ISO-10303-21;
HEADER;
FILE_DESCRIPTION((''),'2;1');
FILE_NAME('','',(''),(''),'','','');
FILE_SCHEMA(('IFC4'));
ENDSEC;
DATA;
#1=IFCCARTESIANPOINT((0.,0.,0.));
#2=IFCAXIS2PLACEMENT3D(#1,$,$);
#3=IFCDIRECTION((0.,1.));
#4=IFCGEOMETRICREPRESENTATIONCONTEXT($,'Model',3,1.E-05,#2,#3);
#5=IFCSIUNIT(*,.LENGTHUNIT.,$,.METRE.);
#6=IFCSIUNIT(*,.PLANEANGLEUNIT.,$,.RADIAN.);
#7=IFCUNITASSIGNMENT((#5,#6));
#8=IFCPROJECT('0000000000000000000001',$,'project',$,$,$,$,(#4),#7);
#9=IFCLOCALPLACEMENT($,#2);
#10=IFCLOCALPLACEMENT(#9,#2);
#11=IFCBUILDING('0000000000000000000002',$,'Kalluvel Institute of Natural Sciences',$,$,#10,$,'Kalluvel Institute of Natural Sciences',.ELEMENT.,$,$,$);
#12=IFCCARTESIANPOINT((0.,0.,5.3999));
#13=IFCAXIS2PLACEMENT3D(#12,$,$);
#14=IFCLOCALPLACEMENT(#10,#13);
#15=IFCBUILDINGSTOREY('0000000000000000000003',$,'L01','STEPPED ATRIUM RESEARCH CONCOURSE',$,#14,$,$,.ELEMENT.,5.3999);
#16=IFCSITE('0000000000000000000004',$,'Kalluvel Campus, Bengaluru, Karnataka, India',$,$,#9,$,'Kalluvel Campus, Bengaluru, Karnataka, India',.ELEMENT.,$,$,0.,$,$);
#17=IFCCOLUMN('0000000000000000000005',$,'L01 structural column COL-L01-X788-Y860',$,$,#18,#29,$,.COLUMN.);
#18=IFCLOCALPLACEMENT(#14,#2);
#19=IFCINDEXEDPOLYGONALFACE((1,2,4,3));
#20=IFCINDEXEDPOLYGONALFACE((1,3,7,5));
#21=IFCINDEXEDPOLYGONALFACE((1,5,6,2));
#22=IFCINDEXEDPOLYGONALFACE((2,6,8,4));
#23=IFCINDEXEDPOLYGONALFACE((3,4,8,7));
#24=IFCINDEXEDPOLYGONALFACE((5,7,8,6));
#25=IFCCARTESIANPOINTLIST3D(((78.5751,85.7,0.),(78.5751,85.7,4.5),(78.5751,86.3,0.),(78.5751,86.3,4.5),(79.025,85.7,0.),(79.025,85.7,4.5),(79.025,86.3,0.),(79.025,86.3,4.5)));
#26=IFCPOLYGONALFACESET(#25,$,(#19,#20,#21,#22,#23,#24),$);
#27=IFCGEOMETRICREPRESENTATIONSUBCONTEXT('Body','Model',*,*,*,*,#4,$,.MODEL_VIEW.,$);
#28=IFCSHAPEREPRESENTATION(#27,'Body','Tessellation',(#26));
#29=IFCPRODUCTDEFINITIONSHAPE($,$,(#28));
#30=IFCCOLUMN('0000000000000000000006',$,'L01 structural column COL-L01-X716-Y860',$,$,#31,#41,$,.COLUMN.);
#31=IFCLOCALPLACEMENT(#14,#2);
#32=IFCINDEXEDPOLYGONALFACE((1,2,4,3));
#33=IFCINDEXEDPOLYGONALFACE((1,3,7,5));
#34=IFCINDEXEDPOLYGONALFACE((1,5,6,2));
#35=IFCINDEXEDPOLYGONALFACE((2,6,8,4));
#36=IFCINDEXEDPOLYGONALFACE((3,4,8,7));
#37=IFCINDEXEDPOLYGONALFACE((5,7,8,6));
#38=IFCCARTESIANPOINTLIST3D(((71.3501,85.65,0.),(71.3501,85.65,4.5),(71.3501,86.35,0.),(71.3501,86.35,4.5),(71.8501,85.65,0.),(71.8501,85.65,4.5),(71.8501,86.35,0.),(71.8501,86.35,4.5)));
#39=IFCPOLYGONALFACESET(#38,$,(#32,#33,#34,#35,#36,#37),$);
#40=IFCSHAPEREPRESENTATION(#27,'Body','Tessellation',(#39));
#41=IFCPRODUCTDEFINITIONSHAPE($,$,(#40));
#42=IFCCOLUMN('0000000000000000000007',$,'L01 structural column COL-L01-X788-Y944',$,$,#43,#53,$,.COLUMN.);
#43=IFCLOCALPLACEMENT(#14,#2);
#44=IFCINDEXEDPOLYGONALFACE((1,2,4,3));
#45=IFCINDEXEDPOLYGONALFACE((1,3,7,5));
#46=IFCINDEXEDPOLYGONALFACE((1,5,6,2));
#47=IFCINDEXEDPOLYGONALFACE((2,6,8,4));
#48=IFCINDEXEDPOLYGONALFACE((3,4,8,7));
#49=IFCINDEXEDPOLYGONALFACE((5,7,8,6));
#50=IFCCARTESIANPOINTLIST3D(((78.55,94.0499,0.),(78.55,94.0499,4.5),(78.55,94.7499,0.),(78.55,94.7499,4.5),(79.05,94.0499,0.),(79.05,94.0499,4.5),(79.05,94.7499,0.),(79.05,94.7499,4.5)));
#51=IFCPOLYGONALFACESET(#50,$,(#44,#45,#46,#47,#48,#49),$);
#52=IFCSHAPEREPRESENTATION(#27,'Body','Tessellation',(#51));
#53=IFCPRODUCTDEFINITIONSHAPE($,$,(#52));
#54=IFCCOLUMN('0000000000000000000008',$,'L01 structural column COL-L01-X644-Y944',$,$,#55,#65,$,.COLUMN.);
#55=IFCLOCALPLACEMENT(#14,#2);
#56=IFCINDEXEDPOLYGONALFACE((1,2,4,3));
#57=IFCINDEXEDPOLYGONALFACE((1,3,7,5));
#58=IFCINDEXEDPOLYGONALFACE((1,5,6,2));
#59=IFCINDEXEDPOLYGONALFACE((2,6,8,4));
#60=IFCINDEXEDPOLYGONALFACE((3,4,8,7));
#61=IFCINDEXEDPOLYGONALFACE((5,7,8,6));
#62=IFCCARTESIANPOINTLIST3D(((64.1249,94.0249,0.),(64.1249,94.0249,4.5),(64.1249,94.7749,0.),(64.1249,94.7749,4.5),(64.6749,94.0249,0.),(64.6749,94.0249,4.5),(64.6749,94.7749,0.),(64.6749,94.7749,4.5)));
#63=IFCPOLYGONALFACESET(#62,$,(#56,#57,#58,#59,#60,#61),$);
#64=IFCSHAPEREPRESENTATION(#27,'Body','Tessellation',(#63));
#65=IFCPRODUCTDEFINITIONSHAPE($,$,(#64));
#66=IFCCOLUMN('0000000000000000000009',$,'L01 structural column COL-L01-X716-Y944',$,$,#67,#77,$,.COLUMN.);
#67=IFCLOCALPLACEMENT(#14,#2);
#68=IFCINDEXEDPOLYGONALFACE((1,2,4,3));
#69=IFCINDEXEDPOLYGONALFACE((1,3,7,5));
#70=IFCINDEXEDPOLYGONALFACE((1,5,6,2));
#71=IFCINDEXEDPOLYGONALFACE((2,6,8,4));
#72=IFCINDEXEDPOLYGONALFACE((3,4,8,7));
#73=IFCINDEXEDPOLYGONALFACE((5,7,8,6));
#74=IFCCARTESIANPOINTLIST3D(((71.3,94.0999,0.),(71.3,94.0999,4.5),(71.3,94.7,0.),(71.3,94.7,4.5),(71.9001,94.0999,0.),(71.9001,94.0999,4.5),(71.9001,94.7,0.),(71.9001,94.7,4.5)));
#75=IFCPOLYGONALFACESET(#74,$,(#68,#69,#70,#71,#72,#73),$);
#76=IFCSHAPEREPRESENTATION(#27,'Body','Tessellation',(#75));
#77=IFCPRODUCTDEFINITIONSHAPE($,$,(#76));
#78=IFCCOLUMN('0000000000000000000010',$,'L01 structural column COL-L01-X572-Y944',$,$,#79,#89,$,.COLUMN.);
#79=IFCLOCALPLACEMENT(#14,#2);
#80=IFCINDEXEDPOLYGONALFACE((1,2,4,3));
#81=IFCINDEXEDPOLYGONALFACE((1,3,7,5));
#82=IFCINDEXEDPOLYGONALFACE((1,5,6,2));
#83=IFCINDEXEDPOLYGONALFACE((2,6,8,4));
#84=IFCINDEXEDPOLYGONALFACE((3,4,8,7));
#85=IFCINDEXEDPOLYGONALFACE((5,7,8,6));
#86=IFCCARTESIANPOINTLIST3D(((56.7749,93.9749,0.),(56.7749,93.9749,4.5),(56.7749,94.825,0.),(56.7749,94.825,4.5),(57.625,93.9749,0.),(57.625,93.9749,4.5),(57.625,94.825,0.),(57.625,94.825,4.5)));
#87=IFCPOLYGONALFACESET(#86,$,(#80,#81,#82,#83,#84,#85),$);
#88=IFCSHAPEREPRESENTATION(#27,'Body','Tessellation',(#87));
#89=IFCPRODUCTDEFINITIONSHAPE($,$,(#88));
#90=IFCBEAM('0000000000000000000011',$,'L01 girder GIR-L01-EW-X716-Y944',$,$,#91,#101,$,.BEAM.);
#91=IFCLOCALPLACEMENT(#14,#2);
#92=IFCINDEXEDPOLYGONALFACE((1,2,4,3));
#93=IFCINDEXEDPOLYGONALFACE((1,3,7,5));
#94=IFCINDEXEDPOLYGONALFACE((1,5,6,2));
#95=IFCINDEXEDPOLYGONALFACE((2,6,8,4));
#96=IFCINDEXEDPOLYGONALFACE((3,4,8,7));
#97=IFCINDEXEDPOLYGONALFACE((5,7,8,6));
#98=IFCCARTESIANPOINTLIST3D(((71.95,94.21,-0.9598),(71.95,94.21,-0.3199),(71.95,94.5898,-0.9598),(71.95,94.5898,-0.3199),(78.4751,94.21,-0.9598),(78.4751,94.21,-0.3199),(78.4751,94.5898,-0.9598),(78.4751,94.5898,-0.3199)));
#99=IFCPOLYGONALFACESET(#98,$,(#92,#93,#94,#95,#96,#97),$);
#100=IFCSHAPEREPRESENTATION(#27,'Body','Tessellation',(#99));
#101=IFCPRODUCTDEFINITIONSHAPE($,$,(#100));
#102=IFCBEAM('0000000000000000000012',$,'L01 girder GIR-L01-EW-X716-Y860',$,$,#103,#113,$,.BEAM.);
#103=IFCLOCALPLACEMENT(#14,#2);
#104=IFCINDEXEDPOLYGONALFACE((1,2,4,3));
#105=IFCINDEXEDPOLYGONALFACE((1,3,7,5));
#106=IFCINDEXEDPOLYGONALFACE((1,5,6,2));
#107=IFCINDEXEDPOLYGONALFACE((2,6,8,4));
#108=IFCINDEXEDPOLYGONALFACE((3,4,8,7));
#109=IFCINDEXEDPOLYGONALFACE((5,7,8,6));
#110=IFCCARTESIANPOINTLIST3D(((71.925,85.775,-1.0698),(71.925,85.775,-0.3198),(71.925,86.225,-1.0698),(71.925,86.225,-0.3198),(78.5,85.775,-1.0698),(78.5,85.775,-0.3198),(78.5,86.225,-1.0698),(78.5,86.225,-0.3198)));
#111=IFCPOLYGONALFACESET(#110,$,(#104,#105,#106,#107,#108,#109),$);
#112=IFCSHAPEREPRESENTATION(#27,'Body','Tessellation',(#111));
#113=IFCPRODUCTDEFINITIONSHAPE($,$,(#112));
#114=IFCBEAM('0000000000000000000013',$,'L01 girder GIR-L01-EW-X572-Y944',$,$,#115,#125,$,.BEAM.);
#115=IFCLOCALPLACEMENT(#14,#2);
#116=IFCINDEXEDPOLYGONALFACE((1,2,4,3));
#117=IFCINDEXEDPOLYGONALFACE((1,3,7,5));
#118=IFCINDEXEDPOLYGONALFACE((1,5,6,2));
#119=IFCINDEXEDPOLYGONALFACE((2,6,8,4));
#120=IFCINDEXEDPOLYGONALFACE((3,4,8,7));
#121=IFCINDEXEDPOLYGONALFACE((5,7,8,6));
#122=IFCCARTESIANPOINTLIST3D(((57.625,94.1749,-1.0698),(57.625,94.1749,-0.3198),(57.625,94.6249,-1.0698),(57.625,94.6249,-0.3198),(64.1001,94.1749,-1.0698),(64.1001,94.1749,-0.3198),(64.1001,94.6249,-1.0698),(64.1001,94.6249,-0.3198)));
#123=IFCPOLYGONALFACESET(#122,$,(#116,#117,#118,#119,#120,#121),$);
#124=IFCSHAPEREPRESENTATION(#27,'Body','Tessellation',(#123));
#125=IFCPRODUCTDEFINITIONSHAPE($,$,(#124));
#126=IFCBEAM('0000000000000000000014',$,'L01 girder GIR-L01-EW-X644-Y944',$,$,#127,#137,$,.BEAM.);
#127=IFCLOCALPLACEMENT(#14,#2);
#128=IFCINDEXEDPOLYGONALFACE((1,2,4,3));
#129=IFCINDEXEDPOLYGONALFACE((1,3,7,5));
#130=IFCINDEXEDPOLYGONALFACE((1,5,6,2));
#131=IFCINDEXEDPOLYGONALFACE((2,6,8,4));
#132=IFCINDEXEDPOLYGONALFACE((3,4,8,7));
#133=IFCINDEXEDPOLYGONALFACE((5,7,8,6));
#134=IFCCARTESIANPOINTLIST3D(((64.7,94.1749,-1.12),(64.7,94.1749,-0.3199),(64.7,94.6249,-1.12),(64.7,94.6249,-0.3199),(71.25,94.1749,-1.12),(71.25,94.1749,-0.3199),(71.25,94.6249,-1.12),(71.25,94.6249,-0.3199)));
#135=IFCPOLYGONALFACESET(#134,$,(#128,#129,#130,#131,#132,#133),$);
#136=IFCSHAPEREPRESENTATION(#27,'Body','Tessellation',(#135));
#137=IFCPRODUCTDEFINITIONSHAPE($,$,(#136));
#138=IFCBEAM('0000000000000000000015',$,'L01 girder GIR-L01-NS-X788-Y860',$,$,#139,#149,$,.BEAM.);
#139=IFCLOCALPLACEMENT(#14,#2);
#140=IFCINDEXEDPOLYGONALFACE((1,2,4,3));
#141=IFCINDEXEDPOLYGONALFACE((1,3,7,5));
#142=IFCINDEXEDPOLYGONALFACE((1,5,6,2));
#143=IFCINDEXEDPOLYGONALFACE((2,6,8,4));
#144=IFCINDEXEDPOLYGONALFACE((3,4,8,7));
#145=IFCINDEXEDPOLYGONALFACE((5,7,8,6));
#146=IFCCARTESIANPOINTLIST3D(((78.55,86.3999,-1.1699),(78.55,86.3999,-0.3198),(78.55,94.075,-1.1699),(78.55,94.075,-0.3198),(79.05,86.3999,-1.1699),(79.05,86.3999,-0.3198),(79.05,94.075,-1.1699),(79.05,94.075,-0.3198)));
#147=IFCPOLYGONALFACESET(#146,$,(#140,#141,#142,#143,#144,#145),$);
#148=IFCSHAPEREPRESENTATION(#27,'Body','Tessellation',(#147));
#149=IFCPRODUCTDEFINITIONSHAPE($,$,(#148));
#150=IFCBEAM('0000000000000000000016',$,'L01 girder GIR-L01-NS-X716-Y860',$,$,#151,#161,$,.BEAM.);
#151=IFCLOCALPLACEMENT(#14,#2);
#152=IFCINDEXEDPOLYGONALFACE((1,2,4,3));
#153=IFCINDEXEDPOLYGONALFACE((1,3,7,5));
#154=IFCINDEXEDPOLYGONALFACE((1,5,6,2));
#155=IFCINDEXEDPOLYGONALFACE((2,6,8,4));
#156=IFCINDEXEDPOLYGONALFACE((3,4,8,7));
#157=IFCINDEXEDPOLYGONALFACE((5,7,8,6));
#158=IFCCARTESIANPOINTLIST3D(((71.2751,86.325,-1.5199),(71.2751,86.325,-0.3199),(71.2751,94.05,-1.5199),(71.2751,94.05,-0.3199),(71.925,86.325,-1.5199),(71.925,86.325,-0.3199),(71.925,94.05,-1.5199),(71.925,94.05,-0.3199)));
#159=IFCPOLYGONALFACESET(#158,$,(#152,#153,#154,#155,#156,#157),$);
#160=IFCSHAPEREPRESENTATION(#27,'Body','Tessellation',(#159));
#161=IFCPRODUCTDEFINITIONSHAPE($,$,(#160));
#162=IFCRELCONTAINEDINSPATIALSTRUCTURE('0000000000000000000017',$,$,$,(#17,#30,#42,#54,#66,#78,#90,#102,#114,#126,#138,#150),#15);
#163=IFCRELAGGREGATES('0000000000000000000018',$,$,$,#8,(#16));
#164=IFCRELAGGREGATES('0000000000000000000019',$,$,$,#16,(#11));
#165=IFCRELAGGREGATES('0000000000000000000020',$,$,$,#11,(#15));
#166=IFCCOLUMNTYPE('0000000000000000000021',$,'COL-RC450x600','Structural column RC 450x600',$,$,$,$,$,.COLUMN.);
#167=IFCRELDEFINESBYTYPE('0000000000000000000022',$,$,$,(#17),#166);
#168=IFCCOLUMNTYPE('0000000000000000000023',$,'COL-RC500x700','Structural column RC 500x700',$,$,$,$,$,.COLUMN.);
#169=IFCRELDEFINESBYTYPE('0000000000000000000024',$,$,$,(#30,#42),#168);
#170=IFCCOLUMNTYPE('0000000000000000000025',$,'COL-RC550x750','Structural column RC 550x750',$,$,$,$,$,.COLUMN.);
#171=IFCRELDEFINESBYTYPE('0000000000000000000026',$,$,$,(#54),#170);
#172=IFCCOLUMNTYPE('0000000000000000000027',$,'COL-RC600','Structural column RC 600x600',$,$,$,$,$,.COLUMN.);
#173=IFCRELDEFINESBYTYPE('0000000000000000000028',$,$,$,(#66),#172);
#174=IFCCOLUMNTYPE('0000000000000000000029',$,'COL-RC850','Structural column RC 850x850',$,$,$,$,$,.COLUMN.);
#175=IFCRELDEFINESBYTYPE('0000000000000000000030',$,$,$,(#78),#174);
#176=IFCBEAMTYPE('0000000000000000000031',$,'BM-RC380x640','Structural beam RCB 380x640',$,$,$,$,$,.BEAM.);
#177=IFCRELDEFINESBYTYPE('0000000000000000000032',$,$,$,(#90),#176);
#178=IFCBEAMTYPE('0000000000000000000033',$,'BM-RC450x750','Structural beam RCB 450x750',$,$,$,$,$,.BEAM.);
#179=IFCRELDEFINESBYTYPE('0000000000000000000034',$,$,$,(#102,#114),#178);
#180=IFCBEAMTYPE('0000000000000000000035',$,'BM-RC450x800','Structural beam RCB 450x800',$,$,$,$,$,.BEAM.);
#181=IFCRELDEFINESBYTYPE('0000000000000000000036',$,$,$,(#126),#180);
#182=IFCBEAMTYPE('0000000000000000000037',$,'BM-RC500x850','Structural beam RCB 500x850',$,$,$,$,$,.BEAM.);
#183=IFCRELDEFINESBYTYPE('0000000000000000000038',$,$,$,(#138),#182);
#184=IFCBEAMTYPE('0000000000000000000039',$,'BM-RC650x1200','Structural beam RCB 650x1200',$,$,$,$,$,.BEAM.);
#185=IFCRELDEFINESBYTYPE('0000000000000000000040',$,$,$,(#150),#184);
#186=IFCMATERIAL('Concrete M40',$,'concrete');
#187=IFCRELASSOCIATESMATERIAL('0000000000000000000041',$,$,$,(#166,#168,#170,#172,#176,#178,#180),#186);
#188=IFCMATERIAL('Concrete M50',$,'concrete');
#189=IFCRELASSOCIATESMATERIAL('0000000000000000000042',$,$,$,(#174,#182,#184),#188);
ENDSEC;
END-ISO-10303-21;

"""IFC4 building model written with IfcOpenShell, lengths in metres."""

from ifc_helpers import new_model, si_unit, direction, frame, origin, origin_2d, place, context, subcontext, project, spatial, rectangle, extrude, material, material_profile, profile_set, type_object, element, save


model = new_model("IFC4")

# Units and contexts
model_context = context("Model", 3, precision=1e-05, world=origin(), true_north=direction((0.0, 1.0)))
body_context = subcontext(model_context, "Body", "Model", "MODEL_VIEW")
ifc_project = project(units=[si_unit("LENGTHUNIT", "METRE"), si_unit("PLANEANGLEUNIT", "RADIAN")], contexts=[model_context])

# Site, building, storey
site_placement = place(None, origin())
site = spatial("IfcSite", under=ifc_project, at=site_placement, Name="Kalluvel Campus, Bengaluru, Karnataka, India", LongName="Kalluvel Campus, Bengaluru, Karnataka, India", CompositionType="ELEMENT", RefElevation=0.0)
building_placement = place(site_placement, origin())
building = spatial("IfcBuilding", under=site, at=building_placement, Name="Kalluvel Institute of Natural Sciences", LongName="Kalluvel Institute of Natural Sciences", CompositionType="ELEMENT")
storey_placement = place(building_placement, frame((0.0, 0.0, 5.3999)))
storey = spatial("IfcBuildingStorey", under=building, at=storey_placement, Name="L01", Description="STEPPED ATRIUM RESEARCH CONCOURSE", CompositionType="ELEMENT", Elevation=5.3999)

# Columns
ifc_material_1 = material(Name="Concrete M40", Category="concrete")
ifc_material_profile_1 = material_profile(ifc_material_1, rectangle(XDim=0.45, YDim=0.6001, at=origin_2d()), Name="RC 450x600")
ifc_profile_set_1 = profile_set([ifc_material_profile_1], Name="Concrete M40")
column_type_1 = type_object("IfcColumnType", Name="COL-RC450x600", Description="Structural column RC 450x600", PredefinedType="COLUMN", material=ifc_profile_set_1)
column_1_placement = place(storey_placement, frame((78.8, 86.0, 0.0), z_axis=(0.0, 0.0, 1.0), x_axis=(1.0, 0.0, 0.0)))
element("IfcColumn", 1, at=column_1_placement, inside=storey, type_object=column_type_1, Name="L01 structural column COL-L01-X788-Y860", PredefinedType="COLUMN", context=body_context, shape_type="SweptSolid", body=[
    extrude(rectangle(XDim=0.45, YDim=0.6001, at=origin_2d()), origin(), (0.0, 0.0, 1.0), 4.5),
])
ifc_material_profile_2 = material_profile(ifc_material_1, rectangle(XDim=0.5, YDim=0.7, at=origin_2d()), Name="RC 500x700")
ifc_profile_set_2 = profile_set([ifc_material_profile_2], Name="Concrete M40")
column_type_2 = type_object("IfcColumnType", Name="COL-RC500x700", Description="Structural column RC 500x700", PredefinedType="COLUMN", material=ifc_profile_set_2)
for number, where, z_axis, x_axis, name in (
    (2, (71.6001, 86.0, 0.0), (0.0, 0.0, 1.0), (1.0, 0.0, 0.0), "L01 structural column COL-L01-X716-Y860"),
    (3, (78.8, 94.3999, 0.0), (0.0, 0.0, 1.0), (1.0, 0.0, 0.0), "L01 structural column COL-L01-X788-Y944"),
):
    element("IfcColumn", number, at=place(storey_placement, frame(where, z_axis=z_axis, x_axis=x_axis)), inside=storey, type_object=column_type_2, Name=name, PredefinedType="COLUMN", context=body_context, shape_type="SweptSolid", body=[
        extrude(rectangle(XDim=0.5, YDim=0.7, at=origin_2d()), origin(), (0.0, 0.0, 1.0), 4.5),
    ])
ifc_material_profile_3 = material_profile(ifc_material_1, rectangle(XDim=0.55, YDim=0.75, at=origin_2d()), Name="RC 550x750")
ifc_profile_set_3 = profile_set([ifc_material_profile_3], Name="Concrete M40")
column_type_3 = type_object("IfcColumnType", Name="COL-RC550x750", Description="Structural column RC 550x750", PredefinedType="COLUMN", material=ifc_profile_set_3)
column_2_placement = place(storey_placement, frame((64.3999, 94.3999, 0.0), z_axis=(0.0, 0.0, 1.0), x_axis=(1.0, 0.0, 0.0)))
element("IfcColumn", 4, at=column_2_placement, inside=storey, type_object=column_type_3, Name="L01 structural column COL-L01-X644-Y944", PredefinedType="COLUMN", context=body_context, shape_type="SweptSolid", body=[
    extrude(rectangle(XDim=0.55, YDim=0.75, at=origin_2d()), origin(), (0.0, 0.0, 1.0), 4.5),
])
ifc_material_profile_4 = material_profile(ifc_material_1, rectangle(XDim=0.6001, YDim=0.6001, at=origin_2d()), Name="RC 600x600")
ifc_profile_set_4 = profile_set([ifc_material_profile_4], Name="Concrete M40")
column_type_4 = type_object("IfcColumnType", Name="COL-RC600", Description="Structural column RC 600x600", PredefinedType="COLUMN", material=ifc_profile_set_4)
column_3_placement = place(storey_placement, frame((71.6001, 94.3999, 0.0), z_axis=(0.0, 0.0, 1.0), x_axis=(1.0, 0.0, 0.0)))
element("IfcColumn", 5, at=column_3_placement, inside=storey, type_object=column_type_4, Name="L01 structural column COL-L01-X716-Y944", PredefinedType="COLUMN", context=body_context, shape_type="SweptSolid", body=[
    extrude(rectangle(XDim=0.6001, YDim=0.6001, at=origin_2d()), origin(), (0.0, 0.0, 1.0), 4.5),
])
ifc_material_2 = material(Name="Concrete M50", Category="concrete")
ifc_material_profile_5 = material_profile(ifc_material_2, rectangle(XDim=0.8501, YDim=0.8501, at=origin_2d()), Name="RC 850x850")
ifc_profile_set_5 = profile_set([ifc_material_profile_5], Name="Concrete M50")
column_type_5 = type_object("IfcColumnType", Name="COL-RC850", Description="Structural column RC 850x850", PredefinedType="COLUMN", material=ifc_profile_set_5)
column_4_placement = place(storey_placement, frame((57.2, 94.3999, 0.0), z_axis=(0.0, 0.0, 1.0), x_axis=(1.0, 0.0, 0.0)))
element("IfcColumn", 6, at=column_4_placement, inside=storey, type_object=column_type_5, Name="L01 structural column COL-L01-X572-Y944", PredefinedType="COLUMN", context=body_context, shape_type="SweptSolid", body=[
    extrude(rectangle(XDim=0.8501, YDim=0.8501, at=origin_2d()), origin(), (0.0, 0.0, 1.0), 4.5),
])

# Beams
ifc_material_profile_6 = material_profile(ifc_material_1, rectangle(XDim=0.3799, YDim=0.6399, at=origin_2d()), Name="RCB 380x640")
ifc_profile_set_6 = profile_set([ifc_material_profile_6], Name="Concrete M40")
beam_type_1 = type_object("IfcBeamType", Name="BM-RC380x640", Description="Structural beam RCB 380x640", PredefinedType="BEAM", material=ifc_profile_set_6)
beam_1_placement = place(storey_placement, frame((71.95, 94.3999, -0.6399), z_axis=(1.0, 0.0, 0.0), x_axis=(0.0, 1.0, 0.0)))
element("IfcBeam", 7, at=beam_1_placement, inside=storey, type_object=beam_type_1, Name="L01 girder GIR-L01-EW-X716-Y944", PredefinedType="BEAM", context=body_context, shape_type="SweptSolid", body=[
    extrude(rectangle(XDim=0.3799, YDim=0.6399, at=origin_2d()), origin(), (0.0, 0.0, 1.0), 6.5251),
])
ifc_material_profile_7 = material_profile(ifc_material_1, rectangle(XDim=0.45, YDim=0.75, at=origin_2d()), Name="RCB 450x750")
ifc_profile_set_7 = profile_set([ifc_material_profile_7], Name="Concrete M40")
beam_type_2 = type_object("IfcBeamType", Name="BM-RC450x750", Description="Structural beam RCB 450x750", PredefinedType="BEAM", material=ifc_profile_set_7)
beam_2_placement = place(storey_placement, frame((71.925, 86.0, -0.6948), z_axis=(1.0, 0.0, 0.0), x_axis=(0.0, 1.0, 0.0)))
element("IfcBeam", 8, at=beam_2_placement, inside=storey, type_object=beam_type_2, Name="L01 girder GIR-L01-EW-X716-Y860", PredefinedType="BEAM", context=body_context, shape_type="SweptSolid", body=[
    extrude(rectangle(XDim=0.45, YDim=0.75, at=origin_2d()), origin(), (0.0, 0.0, 1.0), 6.575),
])
beam_3_placement = place(storey_placement, frame((57.625, 94.3999, -0.6948), z_axis=(1.0, 0.0, 0.0), x_axis=(0.0, 1.0, 0.0)))
element("IfcBeam", 9, at=beam_3_placement, inside=storey, type_object=beam_type_2, Name="L01 girder GIR-L01-EW-X572-Y944", PredefinedType="BEAM", context=body_context, shape_type="SweptSolid", body=[
    extrude(rectangle(XDim=0.45, YDim=0.75, at=origin_2d()), origin(), (0.0, 0.0, 1.0), 6.4751),
])
ifc_material_profile_8 = material_profile(ifc_material_1, rectangle(XDim=0.45, YDim=0.8, at=origin_2d()), Name="RCB 450x800")
ifc_profile_set_8 = profile_set([ifc_material_profile_8], Name="Concrete M40")
beam_type_3 = type_object("IfcBeamType", Name="BM-RC450x800", Description="Structural beam RCB 450x800", PredefinedType="BEAM", material=ifc_profile_set_8)
beam_4_placement = place(storey_placement, frame((64.7, 94.3999, -0.72), z_axis=(1.0, 0.0, 0.0), x_axis=(0.0, 1.0, 0.0)))
element("IfcBeam", 10, at=beam_4_placement, inside=storey, type_object=beam_type_3, Name="L01 girder GIR-L01-EW-X644-Y944", PredefinedType="BEAM", context=body_context, shape_type="SweptSolid", body=[
    extrude(rectangle(XDim=0.45, YDim=0.8, at=origin_2d()), origin(), (0.0, 0.0, 1.0), 6.55),
])
ifc_material_profile_9 = material_profile(ifc_material_2, rectangle(XDim=0.5, YDim=0.8501, at=origin_2d()), Name="RCB 500x850")
ifc_profile_set_9 = profile_set([ifc_material_profile_9], Name="Concrete M50")
beam_type_4 = type_object("IfcBeamType", Name="BM-RC500x850", Description="Structural beam RCB 500x850", PredefinedType="BEAM", material=ifc_profile_set_9)
beam_5_placement = place(storey_placement, frame((78.8, 86.3999, -0.7449), z_axis=(0.0, 1.0, 0.0), x_axis=(-1.0, 0.0, 0.0)))
element("IfcBeam", 11, at=beam_5_placement, inside=storey, type_object=beam_type_4, Name="L01 girder GIR-L01-NS-X788-Y860", PredefinedType="BEAM", context=body_context, shape_type="SweptSolid", body=[
    extrude(rectangle(XDim=0.5, YDim=0.8501, at=origin_2d()), origin(), (0.0, 0.0, 1.0), 7.675),
])
ifc_material_profile_10 = material_profile(ifc_material_2, rectangle(XDim=0.6499, YDim=1.2, at=origin_2d()), Name="RCB 650x1200")
ifc_profile_set_10 = profile_set([ifc_material_profile_10], Name="Concrete M50")
beam_type_5 = type_object("IfcBeamType", Name="BM-RC650x1200", Description="Structural beam RCB 650x1200", PredefinedType="BEAM", material=ifc_profile_set_10)
beam_6_placement = place(storey_placement, frame((71.6001, 86.325, -0.9199), z_axis=(0.0, 1.0, 0.0), x_axis=(-1.0, 0.0, 0.0)))
element("IfcBeam", 12, at=beam_6_placement, inside=storey, type_object=beam_type_5, Name="L01 girder GIR-L01-NS-X716-Y860", PredefinedType="BEAM", context=body_context, shape_type="SweptSolid", body=[
    extrude(rectangle(XDim=0.6499, YDim=1.2, at=origin_2d()), origin(), (0.0, 0.0, 1.0), 7.7251),
])

save(model, "model.ifc")
